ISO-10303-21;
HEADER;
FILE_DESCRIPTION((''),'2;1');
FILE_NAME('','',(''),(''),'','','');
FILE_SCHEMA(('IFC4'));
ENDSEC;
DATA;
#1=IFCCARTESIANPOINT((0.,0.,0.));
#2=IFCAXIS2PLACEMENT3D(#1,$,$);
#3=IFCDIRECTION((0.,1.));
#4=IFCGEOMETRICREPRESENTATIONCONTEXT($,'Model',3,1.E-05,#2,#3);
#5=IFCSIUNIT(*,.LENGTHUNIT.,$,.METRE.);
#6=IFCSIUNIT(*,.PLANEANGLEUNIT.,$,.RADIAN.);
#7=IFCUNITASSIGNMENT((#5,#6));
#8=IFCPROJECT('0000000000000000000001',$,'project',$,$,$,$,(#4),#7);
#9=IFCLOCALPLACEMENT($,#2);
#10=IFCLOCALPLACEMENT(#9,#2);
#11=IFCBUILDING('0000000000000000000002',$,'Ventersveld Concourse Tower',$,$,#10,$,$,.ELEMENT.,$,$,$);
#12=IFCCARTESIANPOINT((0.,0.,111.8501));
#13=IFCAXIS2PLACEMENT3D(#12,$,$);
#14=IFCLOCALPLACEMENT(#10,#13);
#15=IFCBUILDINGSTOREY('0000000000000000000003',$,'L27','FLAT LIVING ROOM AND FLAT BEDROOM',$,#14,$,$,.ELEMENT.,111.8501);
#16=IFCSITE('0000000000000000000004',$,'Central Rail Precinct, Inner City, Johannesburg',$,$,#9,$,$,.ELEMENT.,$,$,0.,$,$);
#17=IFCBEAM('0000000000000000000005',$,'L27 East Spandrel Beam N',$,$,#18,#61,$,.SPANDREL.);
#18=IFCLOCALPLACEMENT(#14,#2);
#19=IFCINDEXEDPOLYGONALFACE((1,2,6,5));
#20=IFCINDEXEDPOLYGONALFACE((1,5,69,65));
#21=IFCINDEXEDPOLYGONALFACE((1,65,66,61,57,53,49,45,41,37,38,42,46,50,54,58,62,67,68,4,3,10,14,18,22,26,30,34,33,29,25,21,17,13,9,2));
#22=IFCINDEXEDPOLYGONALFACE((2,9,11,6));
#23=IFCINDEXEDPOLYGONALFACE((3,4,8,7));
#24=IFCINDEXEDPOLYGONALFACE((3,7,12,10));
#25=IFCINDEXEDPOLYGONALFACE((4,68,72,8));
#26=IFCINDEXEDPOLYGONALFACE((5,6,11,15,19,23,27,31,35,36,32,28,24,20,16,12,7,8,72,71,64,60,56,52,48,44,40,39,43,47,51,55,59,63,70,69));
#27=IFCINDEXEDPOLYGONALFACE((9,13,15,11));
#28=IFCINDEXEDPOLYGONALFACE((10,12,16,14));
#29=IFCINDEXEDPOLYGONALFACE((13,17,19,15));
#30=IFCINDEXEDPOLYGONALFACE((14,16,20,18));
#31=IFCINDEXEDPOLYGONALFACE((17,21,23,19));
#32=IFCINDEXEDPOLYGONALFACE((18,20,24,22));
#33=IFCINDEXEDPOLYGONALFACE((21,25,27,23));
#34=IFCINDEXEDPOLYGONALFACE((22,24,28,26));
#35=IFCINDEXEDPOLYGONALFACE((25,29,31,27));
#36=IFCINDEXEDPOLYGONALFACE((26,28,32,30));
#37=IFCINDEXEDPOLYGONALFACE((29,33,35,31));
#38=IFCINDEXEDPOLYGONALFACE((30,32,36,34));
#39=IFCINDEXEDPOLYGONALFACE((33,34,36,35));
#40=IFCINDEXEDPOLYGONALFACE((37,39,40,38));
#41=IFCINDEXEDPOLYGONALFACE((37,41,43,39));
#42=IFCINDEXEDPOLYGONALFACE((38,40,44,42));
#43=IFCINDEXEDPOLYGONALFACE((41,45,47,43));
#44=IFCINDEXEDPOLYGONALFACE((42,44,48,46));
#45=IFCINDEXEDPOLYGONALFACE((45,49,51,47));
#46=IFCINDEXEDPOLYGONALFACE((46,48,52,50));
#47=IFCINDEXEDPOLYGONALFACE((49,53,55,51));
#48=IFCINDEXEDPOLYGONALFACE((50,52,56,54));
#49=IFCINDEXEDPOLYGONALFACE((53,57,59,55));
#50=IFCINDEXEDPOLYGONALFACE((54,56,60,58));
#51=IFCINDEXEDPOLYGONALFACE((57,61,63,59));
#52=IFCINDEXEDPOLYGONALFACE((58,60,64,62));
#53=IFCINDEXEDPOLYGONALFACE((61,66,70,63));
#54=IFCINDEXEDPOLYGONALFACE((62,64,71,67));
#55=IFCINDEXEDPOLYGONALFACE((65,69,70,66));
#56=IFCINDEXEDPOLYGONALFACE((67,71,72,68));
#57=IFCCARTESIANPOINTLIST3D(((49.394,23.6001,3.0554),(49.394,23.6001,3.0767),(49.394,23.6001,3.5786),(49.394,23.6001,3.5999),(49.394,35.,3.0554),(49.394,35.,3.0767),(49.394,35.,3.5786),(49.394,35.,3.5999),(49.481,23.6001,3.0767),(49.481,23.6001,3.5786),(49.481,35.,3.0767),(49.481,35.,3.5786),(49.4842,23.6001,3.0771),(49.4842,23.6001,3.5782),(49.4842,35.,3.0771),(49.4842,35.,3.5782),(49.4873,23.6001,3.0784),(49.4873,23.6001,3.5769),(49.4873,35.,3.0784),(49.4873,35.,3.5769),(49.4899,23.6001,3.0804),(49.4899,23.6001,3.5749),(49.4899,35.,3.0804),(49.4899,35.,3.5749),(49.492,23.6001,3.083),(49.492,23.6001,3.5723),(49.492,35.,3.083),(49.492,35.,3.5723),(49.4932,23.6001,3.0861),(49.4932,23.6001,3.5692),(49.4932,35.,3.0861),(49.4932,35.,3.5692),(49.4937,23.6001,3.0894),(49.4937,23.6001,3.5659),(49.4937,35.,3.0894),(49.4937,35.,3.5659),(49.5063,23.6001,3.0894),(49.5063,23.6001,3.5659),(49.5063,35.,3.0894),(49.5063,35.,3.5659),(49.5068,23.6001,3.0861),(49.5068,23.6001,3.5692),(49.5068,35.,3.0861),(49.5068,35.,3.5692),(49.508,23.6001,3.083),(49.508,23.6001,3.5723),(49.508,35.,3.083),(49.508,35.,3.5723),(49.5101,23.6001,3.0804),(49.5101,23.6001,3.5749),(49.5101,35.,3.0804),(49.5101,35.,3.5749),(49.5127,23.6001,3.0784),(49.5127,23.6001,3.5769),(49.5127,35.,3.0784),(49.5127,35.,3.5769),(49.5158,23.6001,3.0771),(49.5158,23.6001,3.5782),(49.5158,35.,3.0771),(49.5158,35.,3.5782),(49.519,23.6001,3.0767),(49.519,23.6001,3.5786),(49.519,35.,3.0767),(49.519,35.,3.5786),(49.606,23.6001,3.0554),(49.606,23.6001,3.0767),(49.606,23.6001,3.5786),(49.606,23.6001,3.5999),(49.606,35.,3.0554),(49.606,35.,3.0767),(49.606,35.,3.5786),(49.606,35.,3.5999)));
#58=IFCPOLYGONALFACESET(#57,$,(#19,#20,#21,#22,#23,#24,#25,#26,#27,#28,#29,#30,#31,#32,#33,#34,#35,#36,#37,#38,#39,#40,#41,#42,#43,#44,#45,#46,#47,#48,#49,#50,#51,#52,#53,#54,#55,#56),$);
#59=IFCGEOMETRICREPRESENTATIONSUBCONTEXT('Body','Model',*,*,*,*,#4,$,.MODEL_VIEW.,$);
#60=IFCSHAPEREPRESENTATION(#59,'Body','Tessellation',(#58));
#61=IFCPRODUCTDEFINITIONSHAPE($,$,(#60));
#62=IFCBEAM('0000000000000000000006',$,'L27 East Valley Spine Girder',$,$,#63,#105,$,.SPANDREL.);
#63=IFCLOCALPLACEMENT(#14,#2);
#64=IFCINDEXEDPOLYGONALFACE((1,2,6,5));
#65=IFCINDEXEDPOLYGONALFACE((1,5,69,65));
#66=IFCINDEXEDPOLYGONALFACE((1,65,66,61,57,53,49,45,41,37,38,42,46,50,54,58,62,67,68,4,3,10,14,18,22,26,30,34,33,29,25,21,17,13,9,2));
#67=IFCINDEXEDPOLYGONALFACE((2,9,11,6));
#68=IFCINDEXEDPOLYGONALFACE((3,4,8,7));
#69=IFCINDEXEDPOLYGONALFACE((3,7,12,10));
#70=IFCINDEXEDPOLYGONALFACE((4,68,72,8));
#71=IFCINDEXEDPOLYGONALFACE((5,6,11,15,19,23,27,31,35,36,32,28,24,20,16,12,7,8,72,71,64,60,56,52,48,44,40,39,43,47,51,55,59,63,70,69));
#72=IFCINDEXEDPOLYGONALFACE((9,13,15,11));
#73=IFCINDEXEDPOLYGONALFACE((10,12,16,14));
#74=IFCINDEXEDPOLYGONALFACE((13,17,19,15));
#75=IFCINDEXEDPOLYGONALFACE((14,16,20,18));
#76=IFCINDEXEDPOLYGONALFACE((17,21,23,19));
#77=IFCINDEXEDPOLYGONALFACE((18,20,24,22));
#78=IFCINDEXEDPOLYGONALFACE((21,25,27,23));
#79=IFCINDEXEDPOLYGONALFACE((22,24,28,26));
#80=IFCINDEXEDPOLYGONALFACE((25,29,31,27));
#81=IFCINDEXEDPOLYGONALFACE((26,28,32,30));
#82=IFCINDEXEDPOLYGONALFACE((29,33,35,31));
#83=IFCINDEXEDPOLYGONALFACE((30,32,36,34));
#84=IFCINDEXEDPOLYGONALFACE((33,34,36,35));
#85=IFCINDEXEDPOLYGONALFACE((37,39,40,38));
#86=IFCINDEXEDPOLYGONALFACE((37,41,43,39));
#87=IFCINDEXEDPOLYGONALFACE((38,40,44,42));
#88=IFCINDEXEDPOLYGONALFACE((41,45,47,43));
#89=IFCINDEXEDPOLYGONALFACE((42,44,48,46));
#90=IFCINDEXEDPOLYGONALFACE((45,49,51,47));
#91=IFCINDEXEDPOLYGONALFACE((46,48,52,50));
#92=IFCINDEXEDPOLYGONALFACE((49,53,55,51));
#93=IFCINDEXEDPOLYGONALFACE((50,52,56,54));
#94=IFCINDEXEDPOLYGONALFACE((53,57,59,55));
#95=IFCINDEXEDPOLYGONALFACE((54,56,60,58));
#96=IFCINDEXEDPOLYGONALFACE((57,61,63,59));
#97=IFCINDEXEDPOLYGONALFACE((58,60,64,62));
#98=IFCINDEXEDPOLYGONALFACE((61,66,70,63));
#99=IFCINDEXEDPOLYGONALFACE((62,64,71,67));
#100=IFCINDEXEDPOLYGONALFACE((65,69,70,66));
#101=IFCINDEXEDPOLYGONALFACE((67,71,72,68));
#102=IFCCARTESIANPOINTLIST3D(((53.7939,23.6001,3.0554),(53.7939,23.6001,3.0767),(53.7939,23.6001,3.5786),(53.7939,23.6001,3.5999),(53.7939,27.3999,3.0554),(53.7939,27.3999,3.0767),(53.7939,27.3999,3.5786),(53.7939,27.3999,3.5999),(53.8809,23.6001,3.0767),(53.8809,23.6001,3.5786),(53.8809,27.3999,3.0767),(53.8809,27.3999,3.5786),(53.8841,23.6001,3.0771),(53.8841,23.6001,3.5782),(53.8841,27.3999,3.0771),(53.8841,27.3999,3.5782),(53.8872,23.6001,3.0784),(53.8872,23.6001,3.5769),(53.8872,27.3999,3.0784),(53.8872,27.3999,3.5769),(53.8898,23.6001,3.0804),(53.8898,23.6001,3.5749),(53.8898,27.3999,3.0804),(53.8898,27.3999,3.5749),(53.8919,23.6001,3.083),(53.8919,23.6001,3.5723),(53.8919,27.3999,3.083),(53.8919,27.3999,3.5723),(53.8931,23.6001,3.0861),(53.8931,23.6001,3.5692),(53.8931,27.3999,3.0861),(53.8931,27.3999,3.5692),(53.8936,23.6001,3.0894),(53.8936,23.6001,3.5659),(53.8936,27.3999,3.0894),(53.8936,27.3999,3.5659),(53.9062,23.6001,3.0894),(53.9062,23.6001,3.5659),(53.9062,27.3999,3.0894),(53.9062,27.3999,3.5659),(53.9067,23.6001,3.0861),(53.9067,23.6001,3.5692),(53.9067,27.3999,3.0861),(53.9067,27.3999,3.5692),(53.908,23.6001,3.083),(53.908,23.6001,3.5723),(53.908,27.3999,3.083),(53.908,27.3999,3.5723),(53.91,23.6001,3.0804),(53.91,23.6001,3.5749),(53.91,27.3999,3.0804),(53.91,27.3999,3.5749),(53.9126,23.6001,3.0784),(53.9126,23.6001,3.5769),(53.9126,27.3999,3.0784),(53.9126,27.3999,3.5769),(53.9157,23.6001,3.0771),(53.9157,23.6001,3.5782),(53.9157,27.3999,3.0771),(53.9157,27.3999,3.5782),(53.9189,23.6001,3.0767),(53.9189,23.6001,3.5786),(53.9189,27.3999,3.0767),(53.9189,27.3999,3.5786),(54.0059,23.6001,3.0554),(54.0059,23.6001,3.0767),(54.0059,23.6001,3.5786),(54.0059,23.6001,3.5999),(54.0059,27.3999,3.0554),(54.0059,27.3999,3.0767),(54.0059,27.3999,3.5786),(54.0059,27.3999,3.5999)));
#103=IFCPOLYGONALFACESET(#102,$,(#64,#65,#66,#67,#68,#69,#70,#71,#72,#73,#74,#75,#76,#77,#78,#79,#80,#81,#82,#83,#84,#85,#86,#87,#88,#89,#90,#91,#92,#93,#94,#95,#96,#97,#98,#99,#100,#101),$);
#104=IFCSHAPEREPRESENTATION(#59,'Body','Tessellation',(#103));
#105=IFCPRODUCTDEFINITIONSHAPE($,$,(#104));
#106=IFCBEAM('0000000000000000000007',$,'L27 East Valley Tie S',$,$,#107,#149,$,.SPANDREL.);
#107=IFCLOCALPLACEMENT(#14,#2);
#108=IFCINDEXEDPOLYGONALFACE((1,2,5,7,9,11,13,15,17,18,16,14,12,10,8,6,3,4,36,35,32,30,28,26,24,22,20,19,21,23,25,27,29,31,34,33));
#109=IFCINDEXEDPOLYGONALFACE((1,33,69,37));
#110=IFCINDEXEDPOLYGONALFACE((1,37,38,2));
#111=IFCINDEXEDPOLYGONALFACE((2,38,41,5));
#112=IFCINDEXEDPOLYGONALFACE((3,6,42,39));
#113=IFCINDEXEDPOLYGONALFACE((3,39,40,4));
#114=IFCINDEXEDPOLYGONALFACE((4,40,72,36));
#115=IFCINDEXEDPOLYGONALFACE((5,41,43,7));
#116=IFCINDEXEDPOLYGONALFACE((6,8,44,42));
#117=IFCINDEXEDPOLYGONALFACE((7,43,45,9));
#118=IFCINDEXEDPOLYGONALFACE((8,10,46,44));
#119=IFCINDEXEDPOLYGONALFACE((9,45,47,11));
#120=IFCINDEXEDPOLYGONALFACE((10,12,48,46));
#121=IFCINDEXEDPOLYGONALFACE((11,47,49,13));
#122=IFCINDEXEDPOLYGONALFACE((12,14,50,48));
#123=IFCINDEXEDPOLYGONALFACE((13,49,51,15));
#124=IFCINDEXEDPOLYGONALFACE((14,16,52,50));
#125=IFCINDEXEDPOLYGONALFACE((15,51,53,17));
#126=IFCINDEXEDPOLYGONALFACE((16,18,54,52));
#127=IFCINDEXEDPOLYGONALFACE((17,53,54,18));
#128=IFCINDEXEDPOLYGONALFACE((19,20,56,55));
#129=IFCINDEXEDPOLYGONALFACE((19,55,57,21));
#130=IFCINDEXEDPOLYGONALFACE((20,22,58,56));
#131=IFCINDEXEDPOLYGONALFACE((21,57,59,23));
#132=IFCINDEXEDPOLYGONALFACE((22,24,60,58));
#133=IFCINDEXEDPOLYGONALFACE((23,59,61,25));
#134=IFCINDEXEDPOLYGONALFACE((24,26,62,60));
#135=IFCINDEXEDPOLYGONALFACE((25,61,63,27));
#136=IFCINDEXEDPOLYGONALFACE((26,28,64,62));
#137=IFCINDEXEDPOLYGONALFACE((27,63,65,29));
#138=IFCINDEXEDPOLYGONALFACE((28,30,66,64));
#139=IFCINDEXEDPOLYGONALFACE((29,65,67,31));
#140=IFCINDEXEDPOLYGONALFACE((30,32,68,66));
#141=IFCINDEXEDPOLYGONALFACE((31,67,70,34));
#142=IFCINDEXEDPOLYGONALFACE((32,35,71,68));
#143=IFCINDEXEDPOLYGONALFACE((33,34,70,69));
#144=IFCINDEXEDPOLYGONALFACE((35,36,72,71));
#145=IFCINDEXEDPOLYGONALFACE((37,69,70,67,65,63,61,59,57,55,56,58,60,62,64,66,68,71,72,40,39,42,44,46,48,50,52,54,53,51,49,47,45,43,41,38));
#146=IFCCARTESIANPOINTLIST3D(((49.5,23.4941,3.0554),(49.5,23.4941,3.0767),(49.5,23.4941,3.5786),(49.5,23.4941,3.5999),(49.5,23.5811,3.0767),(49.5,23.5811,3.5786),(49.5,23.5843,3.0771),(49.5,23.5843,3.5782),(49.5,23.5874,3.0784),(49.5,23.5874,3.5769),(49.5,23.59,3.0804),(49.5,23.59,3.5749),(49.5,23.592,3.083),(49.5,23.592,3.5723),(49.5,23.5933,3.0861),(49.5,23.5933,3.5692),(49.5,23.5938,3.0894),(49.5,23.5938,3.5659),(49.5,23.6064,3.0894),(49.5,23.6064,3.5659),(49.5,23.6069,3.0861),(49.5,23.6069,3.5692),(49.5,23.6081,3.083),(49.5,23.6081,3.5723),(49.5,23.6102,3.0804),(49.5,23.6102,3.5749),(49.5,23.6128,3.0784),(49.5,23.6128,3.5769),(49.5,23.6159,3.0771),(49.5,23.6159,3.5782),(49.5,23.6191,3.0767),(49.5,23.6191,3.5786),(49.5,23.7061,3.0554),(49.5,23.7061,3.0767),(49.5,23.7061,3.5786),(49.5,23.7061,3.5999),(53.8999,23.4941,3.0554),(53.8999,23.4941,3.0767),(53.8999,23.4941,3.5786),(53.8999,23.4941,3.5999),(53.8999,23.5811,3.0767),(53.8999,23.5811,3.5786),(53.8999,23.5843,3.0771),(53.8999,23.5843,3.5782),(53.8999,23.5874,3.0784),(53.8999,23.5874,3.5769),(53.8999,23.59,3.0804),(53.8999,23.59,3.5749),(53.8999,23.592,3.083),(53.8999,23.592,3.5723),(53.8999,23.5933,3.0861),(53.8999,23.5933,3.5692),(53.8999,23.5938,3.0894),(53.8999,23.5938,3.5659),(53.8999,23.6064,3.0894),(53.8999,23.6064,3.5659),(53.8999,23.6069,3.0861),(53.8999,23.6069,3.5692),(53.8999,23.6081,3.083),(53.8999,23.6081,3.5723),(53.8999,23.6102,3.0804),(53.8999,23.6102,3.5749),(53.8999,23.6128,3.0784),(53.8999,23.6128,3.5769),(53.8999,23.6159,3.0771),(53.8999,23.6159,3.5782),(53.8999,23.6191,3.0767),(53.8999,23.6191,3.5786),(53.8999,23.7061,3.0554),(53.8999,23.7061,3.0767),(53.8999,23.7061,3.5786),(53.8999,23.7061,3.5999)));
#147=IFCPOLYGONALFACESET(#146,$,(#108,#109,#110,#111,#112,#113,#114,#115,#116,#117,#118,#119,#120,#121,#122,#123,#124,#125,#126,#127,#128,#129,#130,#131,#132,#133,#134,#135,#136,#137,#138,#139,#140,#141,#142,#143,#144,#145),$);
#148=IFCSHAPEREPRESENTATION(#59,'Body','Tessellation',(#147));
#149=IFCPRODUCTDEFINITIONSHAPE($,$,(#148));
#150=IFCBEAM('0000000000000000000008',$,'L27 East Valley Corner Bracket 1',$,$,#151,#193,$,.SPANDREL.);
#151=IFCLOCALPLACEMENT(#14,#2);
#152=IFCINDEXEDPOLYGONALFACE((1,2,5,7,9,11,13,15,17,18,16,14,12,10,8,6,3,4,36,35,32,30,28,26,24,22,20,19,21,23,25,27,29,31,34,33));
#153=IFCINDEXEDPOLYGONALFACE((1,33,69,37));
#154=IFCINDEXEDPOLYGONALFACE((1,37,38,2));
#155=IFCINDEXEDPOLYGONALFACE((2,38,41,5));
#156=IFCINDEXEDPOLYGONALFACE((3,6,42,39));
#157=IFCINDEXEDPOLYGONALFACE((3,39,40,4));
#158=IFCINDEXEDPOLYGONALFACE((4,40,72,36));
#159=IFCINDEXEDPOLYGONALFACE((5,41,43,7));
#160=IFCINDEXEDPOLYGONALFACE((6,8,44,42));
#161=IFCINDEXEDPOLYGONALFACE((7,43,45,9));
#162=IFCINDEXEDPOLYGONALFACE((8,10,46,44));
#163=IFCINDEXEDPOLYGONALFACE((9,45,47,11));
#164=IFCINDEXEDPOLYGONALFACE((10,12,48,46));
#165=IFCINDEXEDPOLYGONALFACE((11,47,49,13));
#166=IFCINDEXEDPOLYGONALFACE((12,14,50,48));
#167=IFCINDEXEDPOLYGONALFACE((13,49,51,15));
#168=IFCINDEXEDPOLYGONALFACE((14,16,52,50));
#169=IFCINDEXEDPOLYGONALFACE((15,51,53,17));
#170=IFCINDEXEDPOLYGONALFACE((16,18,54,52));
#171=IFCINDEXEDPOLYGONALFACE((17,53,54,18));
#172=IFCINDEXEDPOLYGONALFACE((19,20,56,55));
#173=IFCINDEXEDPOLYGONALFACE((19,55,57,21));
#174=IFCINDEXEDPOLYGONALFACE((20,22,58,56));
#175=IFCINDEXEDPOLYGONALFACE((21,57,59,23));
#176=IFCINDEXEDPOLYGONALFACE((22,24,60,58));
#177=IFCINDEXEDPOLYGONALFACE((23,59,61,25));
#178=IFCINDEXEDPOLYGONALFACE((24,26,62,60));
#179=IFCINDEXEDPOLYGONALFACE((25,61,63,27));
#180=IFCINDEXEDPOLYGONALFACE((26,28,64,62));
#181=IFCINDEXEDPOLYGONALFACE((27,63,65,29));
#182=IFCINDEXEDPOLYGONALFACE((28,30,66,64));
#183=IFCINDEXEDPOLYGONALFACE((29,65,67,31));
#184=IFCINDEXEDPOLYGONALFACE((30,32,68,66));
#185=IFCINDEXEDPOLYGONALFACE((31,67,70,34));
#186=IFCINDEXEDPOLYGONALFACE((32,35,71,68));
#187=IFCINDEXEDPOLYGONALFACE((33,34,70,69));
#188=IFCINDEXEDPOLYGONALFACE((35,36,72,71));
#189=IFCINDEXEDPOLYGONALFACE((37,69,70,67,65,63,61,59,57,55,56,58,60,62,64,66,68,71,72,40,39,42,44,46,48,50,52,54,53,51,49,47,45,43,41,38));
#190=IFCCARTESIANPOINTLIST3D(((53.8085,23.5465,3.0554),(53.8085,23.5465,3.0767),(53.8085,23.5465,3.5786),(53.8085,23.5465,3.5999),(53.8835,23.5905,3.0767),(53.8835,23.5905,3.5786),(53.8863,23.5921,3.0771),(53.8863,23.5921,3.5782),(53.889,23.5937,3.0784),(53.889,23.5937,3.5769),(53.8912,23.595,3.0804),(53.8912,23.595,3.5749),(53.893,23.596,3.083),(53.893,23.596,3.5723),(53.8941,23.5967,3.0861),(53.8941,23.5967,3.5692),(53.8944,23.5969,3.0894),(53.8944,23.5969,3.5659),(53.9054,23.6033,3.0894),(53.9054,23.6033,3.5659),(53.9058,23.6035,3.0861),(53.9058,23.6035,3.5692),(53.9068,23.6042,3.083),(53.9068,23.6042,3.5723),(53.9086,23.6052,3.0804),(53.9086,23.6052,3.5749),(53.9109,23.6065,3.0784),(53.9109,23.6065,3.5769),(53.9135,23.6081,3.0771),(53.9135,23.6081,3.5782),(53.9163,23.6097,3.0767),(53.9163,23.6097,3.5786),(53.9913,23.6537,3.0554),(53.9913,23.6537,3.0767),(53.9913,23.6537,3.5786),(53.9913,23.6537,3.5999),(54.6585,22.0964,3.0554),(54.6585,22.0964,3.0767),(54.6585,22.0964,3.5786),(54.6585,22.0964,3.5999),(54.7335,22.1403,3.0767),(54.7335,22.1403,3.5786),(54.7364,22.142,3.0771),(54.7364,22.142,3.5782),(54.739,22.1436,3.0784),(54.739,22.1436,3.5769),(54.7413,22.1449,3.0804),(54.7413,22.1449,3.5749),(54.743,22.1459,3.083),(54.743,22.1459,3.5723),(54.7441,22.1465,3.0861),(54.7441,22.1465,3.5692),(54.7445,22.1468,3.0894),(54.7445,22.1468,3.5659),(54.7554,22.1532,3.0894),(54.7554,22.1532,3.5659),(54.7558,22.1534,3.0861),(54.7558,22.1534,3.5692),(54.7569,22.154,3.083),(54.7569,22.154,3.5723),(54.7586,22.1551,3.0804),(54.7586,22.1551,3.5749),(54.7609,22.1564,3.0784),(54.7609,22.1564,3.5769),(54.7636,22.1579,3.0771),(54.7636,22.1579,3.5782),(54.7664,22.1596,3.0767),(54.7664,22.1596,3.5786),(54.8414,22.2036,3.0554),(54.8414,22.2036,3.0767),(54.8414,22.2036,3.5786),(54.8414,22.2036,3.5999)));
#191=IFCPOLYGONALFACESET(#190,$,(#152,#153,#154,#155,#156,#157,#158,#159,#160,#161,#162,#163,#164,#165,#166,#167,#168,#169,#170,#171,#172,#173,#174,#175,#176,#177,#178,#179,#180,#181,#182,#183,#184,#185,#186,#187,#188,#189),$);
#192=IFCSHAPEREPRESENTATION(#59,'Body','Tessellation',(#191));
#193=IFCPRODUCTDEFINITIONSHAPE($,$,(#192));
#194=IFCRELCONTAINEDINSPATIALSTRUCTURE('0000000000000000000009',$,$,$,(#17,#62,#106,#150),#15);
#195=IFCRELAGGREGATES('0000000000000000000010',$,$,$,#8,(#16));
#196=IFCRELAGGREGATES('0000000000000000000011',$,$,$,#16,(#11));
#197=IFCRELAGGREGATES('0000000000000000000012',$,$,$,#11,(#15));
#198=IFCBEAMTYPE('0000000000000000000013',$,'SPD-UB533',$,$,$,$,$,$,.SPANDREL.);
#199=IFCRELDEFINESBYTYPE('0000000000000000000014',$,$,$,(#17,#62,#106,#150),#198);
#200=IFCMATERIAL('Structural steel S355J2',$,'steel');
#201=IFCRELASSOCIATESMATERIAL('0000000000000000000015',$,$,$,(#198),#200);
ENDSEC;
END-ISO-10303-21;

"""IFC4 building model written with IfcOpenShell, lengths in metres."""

from ifc_helpers import new_model, si_unit, direction, frame, origin, origin_2d, place, context, subcontext, project, spatial, i_section, extrude, material, material_profile, profile_set, type_object, element, save


model = new_model("IFC4")

# Units and contexts
model_context = context("Model", 3, precision=1e-05, world=origin(), true_north=direction((0.0, 1.0)))
body_context = subcontext(model_context, "Body", "Model", "MODEL_VIEW")
ifc_project = project(units=[si_unit("LENGTHUNIT", "METRE"), si_unit("PLANEANGLEUNIT", "RADIAN")], contexts=[model_context])

# Site, building, storey
site_placement = place(None, origin())
site = spatial("IfcSite", under=ifc_project, at=site_placement, Name="Central Rail Precinct, Inner City, Johannesburg", CompositionType="ELEMENT", RefElevation=0.0)
building_placement = place(site_placement, origin())
building = spatial("IfcBuilding", under=site, at=building_placement, Name="Ventersveld Concourse Tower", CompositionType="ELEMENT")
storey_placement = place(building_placement, frame((0.0, 0.0, 111.8501)))
storey = spatial("IfcBuildingStorey", under=building, at=storey_placement, Name="L27", Description="FLAT LIVING ROOM AND FLAT BEDROOM", CompositionType="ELEMENT", Elevation=111.8501)

# Beams
ifc_material_1 = material(Name="Structural steel S355J2", Category="steel")
ifc_material_profile_1 = material_profile(ifc_material_1, i_section(OverallWidth=0.2119, OverallDepth=0.5444, WebThickness=0.0127, FlangeThickness=0.0212, FilletRadius=0.0127, at=origin_2d()), Name="UB 533x210x122")
ifc_profile_set_1 = profile_set([ifc_material_profile_1], Name="Structural steel S355J2")
beam_type_1 = type_object("IfcBeamType", Name="SPD-UB533", PredefinedType="SPANDREL", material=ifc_profile_set_1)
beam_1_placement = place(storey_placement, frame((49.5, 23.6001, 3.3276), z_axis=(0.0, 1.0, 0.0), x_axis=(-1.0, 0.0, 0.0)))
element("IfcBeam", 1, at=beam_1_placement, inside=storey, type_object=beam_type_1, Name="L27 East Spandrel Beam N", PredefinedType="SPANDREL", context=body_context, shape_type="SweptSolid", body=[
    extrude(i_section(OverallWidth=0.2119, OverallDepth=0.5444, WebThickness=0.0127, FlangeThickness=0.0212, FilletRadius=0.0127, at=origin_2d()), origin(), (0.0, 0.0, 1.0), 11.3999),
])
beam_2_placement = place(storey_placement, frame((53.8999, 23.6001, 3.3276), z_axis=(0.0, 1.0, 0.0), x_axis=(-1.0, 0.0, 0.0)))
element("IfcBeam", 2, at=beam_2_placement, inside=storey, type_object=beam_type_1, Name="L27 East Valley Spine Girder", PredefinedType="SPANDREL", context=body_context, shape_type="SweptSolid", body=[
    extrude(i_section(OverallWidth=0.2119, OverallDepth=0.5444, WebThickness=0.0127, FlangeThickness=0.0212, FilletRadius=0.0127, at=origin_2d()), origin(), (0.0, 0.0, 1.0), 3.7998),
])
beam_3_placement = place(storey_placement, frame((49.5, 23.6001, 3.3276), z_axis=(1.0, 0.0, 0.0), x_axis=(0.0, 1.0, 0.0)))
element("IfcBeam", 3, at=beam_3_placement, inside=storey, type_object=beam_type_1, Name="L27 East Valley Tie S", PredefinedType="SPANDREL", context=body_context, shape_type="SweptSolid", body=[
    extrude(i_section(OverallWidth=0.2119, OverallDepth=0.5444, WebThickness=0.0127, FlangeThickness=0.0212, FilletRadius=0.0127, at=origin_2d()), origin(), (0.0, 0.0, 1.0), 4.3999),
])
beam_4_placement = place(storey_placement, frame((53.8999, 23.6001, 3.3276), z_axis=(0.505712, -0.862702, 0.0), x_axis=(0.862702, 0.505712, 0.0)))
element("IfcBeam", 4, at=beam_4_placement, inside=storey, type_object=beam_type_1, Name="L27 East Valley Corner Bracket 1", PredefinedType="SPANDREL", context=body_context, shape_type="SweptSolid", body=[
    extrude(i_section(OverallWidth=0.2119, OverallDepth=0.5444, WebThickness=0.0127, FlangeThickness=0.0212, FilletRadius=0.0127, at=origin_2d()), origin(), (0.0, 0.0, 1.0), 1.6809),
])

save(model, "model.ifc")
